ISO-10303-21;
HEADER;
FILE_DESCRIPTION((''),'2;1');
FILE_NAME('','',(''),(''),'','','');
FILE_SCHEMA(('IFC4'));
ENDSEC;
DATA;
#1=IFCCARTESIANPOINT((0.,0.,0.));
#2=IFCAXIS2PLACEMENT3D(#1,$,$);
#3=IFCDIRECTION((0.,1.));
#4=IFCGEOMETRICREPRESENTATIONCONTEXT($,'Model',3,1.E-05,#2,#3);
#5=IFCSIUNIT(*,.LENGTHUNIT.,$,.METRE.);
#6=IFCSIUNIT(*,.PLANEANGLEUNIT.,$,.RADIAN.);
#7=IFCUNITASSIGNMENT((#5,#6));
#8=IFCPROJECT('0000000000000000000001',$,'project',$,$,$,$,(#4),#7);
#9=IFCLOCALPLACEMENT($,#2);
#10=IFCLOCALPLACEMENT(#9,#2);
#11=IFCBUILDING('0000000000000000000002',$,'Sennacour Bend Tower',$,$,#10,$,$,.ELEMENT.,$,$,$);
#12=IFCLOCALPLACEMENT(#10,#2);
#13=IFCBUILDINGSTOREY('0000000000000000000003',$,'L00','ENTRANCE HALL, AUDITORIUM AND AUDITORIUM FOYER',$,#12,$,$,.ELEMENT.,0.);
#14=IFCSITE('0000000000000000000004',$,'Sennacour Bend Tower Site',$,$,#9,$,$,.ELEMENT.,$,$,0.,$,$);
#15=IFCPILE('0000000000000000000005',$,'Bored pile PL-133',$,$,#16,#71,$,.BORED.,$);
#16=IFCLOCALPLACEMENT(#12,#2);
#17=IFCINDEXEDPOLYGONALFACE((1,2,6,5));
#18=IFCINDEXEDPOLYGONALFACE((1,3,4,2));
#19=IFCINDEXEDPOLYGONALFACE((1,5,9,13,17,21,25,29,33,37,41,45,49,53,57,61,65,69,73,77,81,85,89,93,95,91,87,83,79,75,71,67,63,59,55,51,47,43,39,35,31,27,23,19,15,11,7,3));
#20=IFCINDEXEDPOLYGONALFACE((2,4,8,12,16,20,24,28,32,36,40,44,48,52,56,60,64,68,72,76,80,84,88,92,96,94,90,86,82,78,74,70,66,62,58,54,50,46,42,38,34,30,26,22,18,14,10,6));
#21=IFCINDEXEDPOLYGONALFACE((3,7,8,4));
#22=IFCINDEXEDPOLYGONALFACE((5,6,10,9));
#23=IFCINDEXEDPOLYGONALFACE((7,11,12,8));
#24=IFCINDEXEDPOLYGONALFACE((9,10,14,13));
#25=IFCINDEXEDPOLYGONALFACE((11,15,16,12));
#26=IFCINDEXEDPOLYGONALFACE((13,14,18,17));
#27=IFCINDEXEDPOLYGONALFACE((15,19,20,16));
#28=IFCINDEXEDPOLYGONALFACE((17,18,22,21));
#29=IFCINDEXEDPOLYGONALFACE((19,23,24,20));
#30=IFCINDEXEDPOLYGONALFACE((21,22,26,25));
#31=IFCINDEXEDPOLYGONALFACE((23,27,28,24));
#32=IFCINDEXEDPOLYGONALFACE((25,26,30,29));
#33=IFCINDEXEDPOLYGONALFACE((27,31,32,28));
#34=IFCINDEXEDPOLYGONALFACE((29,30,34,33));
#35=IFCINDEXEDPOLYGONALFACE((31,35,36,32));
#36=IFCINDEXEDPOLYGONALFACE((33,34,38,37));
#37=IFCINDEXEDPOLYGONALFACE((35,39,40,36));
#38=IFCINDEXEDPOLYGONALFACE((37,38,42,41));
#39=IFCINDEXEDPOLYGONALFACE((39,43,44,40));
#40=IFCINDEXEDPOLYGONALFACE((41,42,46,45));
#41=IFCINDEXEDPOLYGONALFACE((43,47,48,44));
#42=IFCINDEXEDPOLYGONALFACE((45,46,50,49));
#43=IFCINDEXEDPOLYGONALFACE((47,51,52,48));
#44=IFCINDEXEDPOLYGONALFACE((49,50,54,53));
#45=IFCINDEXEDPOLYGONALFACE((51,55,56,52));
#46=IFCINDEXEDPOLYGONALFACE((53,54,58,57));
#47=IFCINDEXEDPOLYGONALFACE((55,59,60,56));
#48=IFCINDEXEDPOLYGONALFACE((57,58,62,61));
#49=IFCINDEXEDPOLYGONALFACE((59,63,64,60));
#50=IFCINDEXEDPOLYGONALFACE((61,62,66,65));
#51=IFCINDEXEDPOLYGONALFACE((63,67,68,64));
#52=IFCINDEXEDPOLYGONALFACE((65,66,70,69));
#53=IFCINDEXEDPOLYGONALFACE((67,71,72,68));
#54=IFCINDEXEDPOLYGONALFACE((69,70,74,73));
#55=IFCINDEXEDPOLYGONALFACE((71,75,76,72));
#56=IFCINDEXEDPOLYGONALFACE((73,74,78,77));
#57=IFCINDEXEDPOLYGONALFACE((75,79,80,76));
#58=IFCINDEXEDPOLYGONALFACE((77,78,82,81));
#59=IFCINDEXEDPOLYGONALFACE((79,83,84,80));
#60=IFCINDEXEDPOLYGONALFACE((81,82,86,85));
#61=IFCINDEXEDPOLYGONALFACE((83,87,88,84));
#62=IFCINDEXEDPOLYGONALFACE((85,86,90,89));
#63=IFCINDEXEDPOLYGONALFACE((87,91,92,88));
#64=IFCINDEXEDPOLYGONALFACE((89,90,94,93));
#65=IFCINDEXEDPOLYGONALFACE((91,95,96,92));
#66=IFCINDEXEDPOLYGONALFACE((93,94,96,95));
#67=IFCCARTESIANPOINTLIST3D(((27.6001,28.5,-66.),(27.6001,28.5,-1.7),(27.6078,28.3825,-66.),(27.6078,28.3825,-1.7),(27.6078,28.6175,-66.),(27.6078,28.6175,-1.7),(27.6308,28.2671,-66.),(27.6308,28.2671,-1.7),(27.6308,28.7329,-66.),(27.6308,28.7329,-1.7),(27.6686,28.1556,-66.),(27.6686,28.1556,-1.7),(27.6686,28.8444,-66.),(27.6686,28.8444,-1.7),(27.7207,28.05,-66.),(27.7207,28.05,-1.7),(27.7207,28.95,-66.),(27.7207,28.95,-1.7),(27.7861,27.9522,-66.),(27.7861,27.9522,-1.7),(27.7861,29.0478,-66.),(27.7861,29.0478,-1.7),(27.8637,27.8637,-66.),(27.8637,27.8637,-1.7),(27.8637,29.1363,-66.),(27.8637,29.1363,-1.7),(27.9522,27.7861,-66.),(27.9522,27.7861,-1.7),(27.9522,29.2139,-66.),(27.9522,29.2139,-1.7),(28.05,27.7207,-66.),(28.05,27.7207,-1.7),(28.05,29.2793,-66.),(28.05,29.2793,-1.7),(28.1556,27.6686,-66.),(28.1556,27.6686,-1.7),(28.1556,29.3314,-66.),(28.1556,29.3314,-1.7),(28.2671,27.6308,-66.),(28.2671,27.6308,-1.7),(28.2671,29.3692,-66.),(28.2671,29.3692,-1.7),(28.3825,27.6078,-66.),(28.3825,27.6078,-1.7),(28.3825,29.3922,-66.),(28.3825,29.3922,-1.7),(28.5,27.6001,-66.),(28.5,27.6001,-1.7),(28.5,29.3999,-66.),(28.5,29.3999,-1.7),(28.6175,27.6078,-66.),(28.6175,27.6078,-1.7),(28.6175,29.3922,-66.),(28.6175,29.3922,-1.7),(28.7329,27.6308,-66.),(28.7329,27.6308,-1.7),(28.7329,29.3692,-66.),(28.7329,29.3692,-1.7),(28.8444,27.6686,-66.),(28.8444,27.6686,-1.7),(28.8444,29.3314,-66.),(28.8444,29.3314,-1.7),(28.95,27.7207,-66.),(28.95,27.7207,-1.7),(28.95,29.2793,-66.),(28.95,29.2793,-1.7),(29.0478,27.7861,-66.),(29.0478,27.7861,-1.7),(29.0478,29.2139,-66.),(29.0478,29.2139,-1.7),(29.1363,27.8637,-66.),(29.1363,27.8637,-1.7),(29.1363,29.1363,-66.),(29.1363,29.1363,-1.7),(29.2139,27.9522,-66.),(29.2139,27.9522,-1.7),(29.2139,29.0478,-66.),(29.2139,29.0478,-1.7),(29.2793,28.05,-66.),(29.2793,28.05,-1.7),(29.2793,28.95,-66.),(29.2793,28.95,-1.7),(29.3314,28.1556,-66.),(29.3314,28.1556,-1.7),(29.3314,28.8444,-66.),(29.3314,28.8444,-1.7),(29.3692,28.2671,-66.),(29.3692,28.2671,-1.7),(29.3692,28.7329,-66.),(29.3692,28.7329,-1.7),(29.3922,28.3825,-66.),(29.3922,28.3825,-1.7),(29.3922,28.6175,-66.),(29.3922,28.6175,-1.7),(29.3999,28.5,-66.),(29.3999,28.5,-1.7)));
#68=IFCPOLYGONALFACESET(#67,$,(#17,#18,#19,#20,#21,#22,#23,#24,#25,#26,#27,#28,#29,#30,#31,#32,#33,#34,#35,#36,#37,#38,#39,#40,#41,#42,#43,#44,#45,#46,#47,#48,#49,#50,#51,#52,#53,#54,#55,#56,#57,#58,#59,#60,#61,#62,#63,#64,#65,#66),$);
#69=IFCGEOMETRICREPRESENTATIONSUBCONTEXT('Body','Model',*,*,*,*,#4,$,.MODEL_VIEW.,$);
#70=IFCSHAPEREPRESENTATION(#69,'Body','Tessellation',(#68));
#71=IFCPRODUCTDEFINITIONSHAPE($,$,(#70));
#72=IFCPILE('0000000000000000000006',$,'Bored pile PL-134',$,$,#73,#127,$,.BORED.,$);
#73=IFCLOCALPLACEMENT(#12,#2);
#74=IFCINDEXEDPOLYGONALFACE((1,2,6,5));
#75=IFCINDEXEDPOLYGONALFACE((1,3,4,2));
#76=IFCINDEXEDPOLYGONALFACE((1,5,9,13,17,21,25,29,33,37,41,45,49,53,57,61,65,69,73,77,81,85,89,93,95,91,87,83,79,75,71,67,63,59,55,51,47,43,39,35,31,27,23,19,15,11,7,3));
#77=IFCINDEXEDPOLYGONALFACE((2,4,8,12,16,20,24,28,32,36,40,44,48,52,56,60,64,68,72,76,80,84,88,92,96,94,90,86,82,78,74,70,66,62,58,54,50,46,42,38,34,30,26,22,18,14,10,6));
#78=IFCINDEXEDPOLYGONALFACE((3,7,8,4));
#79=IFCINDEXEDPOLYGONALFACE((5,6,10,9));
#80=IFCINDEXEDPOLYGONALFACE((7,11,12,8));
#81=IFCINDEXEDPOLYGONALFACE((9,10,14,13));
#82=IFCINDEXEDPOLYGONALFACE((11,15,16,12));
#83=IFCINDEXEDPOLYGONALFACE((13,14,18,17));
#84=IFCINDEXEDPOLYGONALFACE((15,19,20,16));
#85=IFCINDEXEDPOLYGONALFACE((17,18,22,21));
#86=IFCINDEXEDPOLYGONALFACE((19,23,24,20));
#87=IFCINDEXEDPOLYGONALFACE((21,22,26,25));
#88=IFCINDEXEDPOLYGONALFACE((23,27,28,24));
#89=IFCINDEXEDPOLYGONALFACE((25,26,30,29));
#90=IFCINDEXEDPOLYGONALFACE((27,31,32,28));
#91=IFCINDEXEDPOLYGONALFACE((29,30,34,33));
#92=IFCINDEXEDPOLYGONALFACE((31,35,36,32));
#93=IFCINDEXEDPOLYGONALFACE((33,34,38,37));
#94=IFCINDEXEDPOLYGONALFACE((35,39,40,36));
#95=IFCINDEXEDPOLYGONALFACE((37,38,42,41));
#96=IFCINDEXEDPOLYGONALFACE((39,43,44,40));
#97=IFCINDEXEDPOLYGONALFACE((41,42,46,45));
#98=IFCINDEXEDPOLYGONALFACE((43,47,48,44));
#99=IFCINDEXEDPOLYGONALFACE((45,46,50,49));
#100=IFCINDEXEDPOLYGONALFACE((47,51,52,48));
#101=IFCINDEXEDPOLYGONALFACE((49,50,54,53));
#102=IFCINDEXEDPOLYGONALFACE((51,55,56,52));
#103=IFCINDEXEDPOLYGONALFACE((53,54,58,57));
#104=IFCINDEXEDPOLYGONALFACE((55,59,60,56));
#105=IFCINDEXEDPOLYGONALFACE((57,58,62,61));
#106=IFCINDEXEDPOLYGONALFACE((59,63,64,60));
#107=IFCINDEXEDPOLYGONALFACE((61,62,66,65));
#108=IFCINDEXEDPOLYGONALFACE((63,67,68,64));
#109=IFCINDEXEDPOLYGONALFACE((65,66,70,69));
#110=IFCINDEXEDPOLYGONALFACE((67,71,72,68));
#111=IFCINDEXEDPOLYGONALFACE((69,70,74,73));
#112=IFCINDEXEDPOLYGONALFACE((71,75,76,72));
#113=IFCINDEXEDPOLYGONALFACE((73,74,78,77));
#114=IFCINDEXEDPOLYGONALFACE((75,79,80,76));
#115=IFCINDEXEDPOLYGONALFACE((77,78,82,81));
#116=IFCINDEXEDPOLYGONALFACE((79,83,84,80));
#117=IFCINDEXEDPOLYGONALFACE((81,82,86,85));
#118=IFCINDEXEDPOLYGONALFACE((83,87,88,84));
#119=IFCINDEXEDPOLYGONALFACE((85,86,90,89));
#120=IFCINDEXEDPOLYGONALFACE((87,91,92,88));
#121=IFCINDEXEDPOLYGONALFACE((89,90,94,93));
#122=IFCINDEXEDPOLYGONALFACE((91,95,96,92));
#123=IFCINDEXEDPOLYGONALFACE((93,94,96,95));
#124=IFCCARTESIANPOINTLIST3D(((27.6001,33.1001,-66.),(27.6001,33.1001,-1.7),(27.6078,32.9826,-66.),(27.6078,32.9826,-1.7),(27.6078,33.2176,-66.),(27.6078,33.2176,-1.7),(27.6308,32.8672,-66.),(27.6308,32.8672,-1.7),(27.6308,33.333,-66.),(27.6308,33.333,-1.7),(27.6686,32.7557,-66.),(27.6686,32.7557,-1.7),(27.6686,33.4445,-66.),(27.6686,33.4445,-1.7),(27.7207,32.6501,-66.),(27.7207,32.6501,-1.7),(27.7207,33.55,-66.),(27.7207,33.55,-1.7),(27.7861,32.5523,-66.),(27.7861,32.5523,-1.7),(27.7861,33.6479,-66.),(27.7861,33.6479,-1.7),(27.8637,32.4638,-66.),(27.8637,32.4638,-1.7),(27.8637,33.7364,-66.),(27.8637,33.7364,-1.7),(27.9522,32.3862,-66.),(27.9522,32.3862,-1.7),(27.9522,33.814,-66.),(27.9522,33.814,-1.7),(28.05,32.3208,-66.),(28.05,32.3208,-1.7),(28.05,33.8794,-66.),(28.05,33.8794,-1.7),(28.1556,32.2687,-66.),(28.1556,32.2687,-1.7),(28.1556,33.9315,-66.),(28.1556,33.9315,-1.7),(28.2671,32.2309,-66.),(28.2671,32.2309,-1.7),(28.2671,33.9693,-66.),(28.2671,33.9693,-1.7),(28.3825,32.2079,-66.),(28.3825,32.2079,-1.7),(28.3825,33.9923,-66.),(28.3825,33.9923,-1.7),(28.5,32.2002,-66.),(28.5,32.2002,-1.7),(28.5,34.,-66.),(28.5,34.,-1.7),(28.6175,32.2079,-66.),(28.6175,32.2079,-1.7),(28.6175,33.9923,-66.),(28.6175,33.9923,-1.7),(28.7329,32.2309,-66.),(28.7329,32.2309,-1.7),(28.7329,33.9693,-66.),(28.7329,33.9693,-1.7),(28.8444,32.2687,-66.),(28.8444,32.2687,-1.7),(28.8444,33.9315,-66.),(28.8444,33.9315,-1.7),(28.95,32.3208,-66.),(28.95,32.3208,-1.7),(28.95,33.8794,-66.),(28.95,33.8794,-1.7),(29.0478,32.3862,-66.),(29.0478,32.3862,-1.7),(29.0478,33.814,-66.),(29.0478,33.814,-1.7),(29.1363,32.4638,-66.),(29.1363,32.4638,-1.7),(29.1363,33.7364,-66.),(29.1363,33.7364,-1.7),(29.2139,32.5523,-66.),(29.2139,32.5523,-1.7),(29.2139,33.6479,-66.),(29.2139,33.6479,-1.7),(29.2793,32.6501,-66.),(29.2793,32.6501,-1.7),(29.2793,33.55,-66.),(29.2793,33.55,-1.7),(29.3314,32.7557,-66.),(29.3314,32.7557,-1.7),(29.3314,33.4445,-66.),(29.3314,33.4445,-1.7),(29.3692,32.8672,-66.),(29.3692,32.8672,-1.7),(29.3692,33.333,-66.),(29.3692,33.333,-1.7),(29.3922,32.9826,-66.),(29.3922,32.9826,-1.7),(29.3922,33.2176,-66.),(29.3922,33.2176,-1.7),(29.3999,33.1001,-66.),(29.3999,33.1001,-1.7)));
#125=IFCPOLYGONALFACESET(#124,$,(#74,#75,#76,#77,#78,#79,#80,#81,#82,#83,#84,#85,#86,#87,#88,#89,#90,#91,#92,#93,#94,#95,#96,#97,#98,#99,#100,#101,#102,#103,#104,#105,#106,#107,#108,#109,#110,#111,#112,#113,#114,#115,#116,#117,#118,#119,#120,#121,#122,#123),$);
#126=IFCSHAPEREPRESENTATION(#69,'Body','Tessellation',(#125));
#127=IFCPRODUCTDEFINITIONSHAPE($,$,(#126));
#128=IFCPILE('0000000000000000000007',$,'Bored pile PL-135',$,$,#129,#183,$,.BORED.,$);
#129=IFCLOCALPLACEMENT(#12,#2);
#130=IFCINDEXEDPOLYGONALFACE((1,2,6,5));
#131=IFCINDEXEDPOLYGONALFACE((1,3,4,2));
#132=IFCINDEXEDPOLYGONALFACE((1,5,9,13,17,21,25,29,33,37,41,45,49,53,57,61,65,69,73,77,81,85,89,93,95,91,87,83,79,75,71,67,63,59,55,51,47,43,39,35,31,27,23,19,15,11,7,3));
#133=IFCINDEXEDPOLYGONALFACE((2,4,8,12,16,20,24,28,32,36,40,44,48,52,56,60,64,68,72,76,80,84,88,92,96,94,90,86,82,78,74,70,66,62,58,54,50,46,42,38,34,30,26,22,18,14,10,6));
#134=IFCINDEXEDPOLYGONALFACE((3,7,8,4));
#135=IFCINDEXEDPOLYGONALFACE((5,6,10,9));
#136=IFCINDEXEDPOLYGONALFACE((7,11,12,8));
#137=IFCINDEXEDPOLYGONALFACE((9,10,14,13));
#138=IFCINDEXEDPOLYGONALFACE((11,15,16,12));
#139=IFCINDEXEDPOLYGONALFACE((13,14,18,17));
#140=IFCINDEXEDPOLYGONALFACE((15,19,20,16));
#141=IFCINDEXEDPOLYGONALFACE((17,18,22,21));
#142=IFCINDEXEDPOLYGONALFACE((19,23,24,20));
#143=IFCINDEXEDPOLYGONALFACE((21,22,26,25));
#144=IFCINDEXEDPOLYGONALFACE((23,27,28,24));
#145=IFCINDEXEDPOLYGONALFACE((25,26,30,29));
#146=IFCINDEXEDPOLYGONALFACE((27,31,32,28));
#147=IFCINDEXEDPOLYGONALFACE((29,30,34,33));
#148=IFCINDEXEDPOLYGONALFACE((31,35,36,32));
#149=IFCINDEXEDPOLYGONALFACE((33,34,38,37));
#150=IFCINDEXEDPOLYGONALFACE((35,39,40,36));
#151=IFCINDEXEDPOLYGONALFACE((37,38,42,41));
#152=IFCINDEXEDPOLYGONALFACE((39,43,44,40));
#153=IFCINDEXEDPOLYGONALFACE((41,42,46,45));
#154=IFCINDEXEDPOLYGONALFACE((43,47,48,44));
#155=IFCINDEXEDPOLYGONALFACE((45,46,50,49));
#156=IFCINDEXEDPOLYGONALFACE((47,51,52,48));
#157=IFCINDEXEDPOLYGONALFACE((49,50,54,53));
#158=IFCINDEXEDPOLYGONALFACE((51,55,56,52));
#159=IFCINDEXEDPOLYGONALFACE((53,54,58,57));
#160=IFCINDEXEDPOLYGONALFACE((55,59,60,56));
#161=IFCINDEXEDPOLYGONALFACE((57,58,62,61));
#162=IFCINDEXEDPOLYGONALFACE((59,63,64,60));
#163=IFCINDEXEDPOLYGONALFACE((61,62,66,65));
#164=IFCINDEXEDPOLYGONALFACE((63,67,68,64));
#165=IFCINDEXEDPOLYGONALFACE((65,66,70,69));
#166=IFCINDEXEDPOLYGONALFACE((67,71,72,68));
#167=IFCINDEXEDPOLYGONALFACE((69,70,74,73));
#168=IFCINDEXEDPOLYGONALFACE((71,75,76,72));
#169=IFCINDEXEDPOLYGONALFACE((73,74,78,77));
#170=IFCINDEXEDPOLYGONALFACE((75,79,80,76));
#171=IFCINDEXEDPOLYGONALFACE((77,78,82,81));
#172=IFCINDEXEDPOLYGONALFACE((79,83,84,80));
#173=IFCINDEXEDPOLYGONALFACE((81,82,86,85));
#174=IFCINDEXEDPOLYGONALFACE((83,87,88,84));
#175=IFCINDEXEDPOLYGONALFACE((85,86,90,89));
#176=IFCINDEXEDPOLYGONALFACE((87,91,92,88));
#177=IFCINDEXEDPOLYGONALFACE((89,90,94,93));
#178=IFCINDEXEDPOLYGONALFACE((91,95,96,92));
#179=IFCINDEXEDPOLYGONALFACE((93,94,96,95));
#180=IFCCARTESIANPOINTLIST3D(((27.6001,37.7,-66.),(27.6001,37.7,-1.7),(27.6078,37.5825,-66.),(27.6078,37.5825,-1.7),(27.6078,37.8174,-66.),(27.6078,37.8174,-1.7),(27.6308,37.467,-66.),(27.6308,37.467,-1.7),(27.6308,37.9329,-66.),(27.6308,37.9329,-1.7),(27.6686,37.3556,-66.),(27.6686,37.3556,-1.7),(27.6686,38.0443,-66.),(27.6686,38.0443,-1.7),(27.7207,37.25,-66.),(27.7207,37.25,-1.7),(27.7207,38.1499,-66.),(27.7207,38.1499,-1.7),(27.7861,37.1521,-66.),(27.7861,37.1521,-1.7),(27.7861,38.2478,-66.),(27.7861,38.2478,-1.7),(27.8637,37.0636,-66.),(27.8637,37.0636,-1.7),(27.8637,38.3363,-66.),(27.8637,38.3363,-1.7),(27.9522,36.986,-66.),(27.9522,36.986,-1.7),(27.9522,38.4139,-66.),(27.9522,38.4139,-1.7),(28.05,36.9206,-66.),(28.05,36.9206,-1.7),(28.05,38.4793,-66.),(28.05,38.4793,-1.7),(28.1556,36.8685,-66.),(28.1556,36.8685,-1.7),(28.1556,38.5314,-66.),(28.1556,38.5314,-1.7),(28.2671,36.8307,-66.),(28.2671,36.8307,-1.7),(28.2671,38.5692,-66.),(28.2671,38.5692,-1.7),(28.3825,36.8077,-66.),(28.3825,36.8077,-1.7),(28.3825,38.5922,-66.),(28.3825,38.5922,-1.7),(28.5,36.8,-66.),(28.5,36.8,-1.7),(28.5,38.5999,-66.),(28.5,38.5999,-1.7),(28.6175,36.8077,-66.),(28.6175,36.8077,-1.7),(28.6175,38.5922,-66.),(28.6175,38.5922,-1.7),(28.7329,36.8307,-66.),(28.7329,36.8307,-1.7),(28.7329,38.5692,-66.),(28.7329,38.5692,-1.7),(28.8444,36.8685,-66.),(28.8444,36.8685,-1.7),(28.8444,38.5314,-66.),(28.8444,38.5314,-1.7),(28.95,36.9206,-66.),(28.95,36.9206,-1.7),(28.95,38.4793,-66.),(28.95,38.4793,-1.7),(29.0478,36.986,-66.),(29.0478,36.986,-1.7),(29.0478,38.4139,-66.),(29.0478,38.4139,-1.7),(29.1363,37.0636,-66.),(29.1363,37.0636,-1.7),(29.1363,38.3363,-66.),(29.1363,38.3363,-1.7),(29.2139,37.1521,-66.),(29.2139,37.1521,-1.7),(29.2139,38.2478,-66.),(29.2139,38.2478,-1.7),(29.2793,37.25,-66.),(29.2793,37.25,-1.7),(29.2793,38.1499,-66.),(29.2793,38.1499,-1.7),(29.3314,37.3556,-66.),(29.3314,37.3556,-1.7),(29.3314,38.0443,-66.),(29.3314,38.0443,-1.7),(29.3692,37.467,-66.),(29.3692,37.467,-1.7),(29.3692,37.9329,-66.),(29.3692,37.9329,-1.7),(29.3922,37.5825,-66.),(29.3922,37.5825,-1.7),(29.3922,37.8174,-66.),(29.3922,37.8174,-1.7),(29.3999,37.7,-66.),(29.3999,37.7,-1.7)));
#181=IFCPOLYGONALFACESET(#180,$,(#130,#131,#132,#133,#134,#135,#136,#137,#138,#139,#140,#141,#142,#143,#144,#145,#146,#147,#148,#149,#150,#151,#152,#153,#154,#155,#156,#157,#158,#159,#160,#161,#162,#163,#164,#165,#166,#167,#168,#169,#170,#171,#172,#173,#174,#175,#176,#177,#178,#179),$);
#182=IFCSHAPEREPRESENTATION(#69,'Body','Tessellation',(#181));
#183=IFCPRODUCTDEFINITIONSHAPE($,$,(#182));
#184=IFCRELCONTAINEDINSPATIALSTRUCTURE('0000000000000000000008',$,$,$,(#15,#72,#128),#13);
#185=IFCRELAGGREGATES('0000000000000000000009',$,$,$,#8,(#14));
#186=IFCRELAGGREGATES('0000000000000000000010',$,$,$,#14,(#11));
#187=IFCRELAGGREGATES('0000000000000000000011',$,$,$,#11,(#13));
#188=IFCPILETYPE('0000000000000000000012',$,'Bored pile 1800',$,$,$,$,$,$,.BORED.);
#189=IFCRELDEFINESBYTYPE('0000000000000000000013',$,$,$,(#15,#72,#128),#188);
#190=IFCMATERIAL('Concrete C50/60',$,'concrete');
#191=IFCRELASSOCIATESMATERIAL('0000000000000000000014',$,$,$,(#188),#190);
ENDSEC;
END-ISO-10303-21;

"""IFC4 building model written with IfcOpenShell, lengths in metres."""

from ifc_helpers import new_model, si_unit, direction, frame, origin, origin_2d, place, context, subcontext, project, spatial, circle, extrude, material, material_profile, profile_set, type_object, element, save


model = new_model("IFC4")

# Units and contexts
model_context = context("Model", 3, precision=1e-05, world=origin(), true_north=direction((0.0, 1.0)))
body_context = subcontext(model_context, "Body", "Model", "MODEL_VIEW")
ifc_project = project(units=[si_unit("LENGTHUNIT", "METRE"), si_unit("PLANEANGLEUNIT", "RADIAN")], contexts=[model_context])

# Site, building, storey
site_placement = place(None, origin())
site = spatial("IfcSite", under=ifc_project, at=site_placement, Name="Sennacour Bend Tower Site", CompositionType="ELEMENT", RefElevation=0.0)
building_placement = place(site_placement, origin())
building = spatial("IfcBuilding", under=site, at=building_placement, Name="Sennacour Bend Tower", CompositionType="ELEMENT")
storey_placement = place(building_placement, origin())
storey = spatial("IfcBuildingStorey", under=building, at=storey_placement, Name="L00", Description="ENTRANCE HALL, AUDITORIUM AND AUDITORIUM FOYER", CompositionType="ELEMENT", Elevation=0.0)

# Piles
ifc_material_1 = material(Name="Concrete C50/60", Category="concrete")
ifc_material_profile_1 = material_profile(ifc_material_1, circle(Radius=0.8999, at=origin_2d()), Name="Concrete C50/60", Category="concrete")
ifc_profile_set_1 = profile_set([ifc_material_profile_1], Name="Concrete C50/60")
pile_type = type_object("IfcPileType", Name="Bored pile 1800", PredefinedType="BORED", material=ifc_profile_set_1)
for number, where, z_axis, x_axis, name in (
    (1, (28.5, 28.5, -1.7), (0.0, 0.0, -1.0), (1.0, 0.0, 0.0), "Bored pile PL-133"),
    (2, (28.5, 33.1001, -1.7), (0.0, 0.0, -1.0), (1.0, 0.0, 0.0), "Bored pile PL-134"),
    (3, (28.5, 37.7, -1.7), (0.0, 0.0, -1.0), (1.0, 0.0, 0.0), "Bored pile PL-135"),
):
    element("IfcPile", number, at=place(storey_placement, frame(where, z_axis=z_axis, x_axis=x_axis)), inside=storey, type_object=pile_type, Name=name, PredefinedType="BORED", context=body_context, shape_type="SweptSolid", body=[
        extrude(circle(Radius=0.8999, at=origin_2d()), origin(), (0.0, 0.0, 1.0), 64.3),
    ])

save(model, "model.ifc")
